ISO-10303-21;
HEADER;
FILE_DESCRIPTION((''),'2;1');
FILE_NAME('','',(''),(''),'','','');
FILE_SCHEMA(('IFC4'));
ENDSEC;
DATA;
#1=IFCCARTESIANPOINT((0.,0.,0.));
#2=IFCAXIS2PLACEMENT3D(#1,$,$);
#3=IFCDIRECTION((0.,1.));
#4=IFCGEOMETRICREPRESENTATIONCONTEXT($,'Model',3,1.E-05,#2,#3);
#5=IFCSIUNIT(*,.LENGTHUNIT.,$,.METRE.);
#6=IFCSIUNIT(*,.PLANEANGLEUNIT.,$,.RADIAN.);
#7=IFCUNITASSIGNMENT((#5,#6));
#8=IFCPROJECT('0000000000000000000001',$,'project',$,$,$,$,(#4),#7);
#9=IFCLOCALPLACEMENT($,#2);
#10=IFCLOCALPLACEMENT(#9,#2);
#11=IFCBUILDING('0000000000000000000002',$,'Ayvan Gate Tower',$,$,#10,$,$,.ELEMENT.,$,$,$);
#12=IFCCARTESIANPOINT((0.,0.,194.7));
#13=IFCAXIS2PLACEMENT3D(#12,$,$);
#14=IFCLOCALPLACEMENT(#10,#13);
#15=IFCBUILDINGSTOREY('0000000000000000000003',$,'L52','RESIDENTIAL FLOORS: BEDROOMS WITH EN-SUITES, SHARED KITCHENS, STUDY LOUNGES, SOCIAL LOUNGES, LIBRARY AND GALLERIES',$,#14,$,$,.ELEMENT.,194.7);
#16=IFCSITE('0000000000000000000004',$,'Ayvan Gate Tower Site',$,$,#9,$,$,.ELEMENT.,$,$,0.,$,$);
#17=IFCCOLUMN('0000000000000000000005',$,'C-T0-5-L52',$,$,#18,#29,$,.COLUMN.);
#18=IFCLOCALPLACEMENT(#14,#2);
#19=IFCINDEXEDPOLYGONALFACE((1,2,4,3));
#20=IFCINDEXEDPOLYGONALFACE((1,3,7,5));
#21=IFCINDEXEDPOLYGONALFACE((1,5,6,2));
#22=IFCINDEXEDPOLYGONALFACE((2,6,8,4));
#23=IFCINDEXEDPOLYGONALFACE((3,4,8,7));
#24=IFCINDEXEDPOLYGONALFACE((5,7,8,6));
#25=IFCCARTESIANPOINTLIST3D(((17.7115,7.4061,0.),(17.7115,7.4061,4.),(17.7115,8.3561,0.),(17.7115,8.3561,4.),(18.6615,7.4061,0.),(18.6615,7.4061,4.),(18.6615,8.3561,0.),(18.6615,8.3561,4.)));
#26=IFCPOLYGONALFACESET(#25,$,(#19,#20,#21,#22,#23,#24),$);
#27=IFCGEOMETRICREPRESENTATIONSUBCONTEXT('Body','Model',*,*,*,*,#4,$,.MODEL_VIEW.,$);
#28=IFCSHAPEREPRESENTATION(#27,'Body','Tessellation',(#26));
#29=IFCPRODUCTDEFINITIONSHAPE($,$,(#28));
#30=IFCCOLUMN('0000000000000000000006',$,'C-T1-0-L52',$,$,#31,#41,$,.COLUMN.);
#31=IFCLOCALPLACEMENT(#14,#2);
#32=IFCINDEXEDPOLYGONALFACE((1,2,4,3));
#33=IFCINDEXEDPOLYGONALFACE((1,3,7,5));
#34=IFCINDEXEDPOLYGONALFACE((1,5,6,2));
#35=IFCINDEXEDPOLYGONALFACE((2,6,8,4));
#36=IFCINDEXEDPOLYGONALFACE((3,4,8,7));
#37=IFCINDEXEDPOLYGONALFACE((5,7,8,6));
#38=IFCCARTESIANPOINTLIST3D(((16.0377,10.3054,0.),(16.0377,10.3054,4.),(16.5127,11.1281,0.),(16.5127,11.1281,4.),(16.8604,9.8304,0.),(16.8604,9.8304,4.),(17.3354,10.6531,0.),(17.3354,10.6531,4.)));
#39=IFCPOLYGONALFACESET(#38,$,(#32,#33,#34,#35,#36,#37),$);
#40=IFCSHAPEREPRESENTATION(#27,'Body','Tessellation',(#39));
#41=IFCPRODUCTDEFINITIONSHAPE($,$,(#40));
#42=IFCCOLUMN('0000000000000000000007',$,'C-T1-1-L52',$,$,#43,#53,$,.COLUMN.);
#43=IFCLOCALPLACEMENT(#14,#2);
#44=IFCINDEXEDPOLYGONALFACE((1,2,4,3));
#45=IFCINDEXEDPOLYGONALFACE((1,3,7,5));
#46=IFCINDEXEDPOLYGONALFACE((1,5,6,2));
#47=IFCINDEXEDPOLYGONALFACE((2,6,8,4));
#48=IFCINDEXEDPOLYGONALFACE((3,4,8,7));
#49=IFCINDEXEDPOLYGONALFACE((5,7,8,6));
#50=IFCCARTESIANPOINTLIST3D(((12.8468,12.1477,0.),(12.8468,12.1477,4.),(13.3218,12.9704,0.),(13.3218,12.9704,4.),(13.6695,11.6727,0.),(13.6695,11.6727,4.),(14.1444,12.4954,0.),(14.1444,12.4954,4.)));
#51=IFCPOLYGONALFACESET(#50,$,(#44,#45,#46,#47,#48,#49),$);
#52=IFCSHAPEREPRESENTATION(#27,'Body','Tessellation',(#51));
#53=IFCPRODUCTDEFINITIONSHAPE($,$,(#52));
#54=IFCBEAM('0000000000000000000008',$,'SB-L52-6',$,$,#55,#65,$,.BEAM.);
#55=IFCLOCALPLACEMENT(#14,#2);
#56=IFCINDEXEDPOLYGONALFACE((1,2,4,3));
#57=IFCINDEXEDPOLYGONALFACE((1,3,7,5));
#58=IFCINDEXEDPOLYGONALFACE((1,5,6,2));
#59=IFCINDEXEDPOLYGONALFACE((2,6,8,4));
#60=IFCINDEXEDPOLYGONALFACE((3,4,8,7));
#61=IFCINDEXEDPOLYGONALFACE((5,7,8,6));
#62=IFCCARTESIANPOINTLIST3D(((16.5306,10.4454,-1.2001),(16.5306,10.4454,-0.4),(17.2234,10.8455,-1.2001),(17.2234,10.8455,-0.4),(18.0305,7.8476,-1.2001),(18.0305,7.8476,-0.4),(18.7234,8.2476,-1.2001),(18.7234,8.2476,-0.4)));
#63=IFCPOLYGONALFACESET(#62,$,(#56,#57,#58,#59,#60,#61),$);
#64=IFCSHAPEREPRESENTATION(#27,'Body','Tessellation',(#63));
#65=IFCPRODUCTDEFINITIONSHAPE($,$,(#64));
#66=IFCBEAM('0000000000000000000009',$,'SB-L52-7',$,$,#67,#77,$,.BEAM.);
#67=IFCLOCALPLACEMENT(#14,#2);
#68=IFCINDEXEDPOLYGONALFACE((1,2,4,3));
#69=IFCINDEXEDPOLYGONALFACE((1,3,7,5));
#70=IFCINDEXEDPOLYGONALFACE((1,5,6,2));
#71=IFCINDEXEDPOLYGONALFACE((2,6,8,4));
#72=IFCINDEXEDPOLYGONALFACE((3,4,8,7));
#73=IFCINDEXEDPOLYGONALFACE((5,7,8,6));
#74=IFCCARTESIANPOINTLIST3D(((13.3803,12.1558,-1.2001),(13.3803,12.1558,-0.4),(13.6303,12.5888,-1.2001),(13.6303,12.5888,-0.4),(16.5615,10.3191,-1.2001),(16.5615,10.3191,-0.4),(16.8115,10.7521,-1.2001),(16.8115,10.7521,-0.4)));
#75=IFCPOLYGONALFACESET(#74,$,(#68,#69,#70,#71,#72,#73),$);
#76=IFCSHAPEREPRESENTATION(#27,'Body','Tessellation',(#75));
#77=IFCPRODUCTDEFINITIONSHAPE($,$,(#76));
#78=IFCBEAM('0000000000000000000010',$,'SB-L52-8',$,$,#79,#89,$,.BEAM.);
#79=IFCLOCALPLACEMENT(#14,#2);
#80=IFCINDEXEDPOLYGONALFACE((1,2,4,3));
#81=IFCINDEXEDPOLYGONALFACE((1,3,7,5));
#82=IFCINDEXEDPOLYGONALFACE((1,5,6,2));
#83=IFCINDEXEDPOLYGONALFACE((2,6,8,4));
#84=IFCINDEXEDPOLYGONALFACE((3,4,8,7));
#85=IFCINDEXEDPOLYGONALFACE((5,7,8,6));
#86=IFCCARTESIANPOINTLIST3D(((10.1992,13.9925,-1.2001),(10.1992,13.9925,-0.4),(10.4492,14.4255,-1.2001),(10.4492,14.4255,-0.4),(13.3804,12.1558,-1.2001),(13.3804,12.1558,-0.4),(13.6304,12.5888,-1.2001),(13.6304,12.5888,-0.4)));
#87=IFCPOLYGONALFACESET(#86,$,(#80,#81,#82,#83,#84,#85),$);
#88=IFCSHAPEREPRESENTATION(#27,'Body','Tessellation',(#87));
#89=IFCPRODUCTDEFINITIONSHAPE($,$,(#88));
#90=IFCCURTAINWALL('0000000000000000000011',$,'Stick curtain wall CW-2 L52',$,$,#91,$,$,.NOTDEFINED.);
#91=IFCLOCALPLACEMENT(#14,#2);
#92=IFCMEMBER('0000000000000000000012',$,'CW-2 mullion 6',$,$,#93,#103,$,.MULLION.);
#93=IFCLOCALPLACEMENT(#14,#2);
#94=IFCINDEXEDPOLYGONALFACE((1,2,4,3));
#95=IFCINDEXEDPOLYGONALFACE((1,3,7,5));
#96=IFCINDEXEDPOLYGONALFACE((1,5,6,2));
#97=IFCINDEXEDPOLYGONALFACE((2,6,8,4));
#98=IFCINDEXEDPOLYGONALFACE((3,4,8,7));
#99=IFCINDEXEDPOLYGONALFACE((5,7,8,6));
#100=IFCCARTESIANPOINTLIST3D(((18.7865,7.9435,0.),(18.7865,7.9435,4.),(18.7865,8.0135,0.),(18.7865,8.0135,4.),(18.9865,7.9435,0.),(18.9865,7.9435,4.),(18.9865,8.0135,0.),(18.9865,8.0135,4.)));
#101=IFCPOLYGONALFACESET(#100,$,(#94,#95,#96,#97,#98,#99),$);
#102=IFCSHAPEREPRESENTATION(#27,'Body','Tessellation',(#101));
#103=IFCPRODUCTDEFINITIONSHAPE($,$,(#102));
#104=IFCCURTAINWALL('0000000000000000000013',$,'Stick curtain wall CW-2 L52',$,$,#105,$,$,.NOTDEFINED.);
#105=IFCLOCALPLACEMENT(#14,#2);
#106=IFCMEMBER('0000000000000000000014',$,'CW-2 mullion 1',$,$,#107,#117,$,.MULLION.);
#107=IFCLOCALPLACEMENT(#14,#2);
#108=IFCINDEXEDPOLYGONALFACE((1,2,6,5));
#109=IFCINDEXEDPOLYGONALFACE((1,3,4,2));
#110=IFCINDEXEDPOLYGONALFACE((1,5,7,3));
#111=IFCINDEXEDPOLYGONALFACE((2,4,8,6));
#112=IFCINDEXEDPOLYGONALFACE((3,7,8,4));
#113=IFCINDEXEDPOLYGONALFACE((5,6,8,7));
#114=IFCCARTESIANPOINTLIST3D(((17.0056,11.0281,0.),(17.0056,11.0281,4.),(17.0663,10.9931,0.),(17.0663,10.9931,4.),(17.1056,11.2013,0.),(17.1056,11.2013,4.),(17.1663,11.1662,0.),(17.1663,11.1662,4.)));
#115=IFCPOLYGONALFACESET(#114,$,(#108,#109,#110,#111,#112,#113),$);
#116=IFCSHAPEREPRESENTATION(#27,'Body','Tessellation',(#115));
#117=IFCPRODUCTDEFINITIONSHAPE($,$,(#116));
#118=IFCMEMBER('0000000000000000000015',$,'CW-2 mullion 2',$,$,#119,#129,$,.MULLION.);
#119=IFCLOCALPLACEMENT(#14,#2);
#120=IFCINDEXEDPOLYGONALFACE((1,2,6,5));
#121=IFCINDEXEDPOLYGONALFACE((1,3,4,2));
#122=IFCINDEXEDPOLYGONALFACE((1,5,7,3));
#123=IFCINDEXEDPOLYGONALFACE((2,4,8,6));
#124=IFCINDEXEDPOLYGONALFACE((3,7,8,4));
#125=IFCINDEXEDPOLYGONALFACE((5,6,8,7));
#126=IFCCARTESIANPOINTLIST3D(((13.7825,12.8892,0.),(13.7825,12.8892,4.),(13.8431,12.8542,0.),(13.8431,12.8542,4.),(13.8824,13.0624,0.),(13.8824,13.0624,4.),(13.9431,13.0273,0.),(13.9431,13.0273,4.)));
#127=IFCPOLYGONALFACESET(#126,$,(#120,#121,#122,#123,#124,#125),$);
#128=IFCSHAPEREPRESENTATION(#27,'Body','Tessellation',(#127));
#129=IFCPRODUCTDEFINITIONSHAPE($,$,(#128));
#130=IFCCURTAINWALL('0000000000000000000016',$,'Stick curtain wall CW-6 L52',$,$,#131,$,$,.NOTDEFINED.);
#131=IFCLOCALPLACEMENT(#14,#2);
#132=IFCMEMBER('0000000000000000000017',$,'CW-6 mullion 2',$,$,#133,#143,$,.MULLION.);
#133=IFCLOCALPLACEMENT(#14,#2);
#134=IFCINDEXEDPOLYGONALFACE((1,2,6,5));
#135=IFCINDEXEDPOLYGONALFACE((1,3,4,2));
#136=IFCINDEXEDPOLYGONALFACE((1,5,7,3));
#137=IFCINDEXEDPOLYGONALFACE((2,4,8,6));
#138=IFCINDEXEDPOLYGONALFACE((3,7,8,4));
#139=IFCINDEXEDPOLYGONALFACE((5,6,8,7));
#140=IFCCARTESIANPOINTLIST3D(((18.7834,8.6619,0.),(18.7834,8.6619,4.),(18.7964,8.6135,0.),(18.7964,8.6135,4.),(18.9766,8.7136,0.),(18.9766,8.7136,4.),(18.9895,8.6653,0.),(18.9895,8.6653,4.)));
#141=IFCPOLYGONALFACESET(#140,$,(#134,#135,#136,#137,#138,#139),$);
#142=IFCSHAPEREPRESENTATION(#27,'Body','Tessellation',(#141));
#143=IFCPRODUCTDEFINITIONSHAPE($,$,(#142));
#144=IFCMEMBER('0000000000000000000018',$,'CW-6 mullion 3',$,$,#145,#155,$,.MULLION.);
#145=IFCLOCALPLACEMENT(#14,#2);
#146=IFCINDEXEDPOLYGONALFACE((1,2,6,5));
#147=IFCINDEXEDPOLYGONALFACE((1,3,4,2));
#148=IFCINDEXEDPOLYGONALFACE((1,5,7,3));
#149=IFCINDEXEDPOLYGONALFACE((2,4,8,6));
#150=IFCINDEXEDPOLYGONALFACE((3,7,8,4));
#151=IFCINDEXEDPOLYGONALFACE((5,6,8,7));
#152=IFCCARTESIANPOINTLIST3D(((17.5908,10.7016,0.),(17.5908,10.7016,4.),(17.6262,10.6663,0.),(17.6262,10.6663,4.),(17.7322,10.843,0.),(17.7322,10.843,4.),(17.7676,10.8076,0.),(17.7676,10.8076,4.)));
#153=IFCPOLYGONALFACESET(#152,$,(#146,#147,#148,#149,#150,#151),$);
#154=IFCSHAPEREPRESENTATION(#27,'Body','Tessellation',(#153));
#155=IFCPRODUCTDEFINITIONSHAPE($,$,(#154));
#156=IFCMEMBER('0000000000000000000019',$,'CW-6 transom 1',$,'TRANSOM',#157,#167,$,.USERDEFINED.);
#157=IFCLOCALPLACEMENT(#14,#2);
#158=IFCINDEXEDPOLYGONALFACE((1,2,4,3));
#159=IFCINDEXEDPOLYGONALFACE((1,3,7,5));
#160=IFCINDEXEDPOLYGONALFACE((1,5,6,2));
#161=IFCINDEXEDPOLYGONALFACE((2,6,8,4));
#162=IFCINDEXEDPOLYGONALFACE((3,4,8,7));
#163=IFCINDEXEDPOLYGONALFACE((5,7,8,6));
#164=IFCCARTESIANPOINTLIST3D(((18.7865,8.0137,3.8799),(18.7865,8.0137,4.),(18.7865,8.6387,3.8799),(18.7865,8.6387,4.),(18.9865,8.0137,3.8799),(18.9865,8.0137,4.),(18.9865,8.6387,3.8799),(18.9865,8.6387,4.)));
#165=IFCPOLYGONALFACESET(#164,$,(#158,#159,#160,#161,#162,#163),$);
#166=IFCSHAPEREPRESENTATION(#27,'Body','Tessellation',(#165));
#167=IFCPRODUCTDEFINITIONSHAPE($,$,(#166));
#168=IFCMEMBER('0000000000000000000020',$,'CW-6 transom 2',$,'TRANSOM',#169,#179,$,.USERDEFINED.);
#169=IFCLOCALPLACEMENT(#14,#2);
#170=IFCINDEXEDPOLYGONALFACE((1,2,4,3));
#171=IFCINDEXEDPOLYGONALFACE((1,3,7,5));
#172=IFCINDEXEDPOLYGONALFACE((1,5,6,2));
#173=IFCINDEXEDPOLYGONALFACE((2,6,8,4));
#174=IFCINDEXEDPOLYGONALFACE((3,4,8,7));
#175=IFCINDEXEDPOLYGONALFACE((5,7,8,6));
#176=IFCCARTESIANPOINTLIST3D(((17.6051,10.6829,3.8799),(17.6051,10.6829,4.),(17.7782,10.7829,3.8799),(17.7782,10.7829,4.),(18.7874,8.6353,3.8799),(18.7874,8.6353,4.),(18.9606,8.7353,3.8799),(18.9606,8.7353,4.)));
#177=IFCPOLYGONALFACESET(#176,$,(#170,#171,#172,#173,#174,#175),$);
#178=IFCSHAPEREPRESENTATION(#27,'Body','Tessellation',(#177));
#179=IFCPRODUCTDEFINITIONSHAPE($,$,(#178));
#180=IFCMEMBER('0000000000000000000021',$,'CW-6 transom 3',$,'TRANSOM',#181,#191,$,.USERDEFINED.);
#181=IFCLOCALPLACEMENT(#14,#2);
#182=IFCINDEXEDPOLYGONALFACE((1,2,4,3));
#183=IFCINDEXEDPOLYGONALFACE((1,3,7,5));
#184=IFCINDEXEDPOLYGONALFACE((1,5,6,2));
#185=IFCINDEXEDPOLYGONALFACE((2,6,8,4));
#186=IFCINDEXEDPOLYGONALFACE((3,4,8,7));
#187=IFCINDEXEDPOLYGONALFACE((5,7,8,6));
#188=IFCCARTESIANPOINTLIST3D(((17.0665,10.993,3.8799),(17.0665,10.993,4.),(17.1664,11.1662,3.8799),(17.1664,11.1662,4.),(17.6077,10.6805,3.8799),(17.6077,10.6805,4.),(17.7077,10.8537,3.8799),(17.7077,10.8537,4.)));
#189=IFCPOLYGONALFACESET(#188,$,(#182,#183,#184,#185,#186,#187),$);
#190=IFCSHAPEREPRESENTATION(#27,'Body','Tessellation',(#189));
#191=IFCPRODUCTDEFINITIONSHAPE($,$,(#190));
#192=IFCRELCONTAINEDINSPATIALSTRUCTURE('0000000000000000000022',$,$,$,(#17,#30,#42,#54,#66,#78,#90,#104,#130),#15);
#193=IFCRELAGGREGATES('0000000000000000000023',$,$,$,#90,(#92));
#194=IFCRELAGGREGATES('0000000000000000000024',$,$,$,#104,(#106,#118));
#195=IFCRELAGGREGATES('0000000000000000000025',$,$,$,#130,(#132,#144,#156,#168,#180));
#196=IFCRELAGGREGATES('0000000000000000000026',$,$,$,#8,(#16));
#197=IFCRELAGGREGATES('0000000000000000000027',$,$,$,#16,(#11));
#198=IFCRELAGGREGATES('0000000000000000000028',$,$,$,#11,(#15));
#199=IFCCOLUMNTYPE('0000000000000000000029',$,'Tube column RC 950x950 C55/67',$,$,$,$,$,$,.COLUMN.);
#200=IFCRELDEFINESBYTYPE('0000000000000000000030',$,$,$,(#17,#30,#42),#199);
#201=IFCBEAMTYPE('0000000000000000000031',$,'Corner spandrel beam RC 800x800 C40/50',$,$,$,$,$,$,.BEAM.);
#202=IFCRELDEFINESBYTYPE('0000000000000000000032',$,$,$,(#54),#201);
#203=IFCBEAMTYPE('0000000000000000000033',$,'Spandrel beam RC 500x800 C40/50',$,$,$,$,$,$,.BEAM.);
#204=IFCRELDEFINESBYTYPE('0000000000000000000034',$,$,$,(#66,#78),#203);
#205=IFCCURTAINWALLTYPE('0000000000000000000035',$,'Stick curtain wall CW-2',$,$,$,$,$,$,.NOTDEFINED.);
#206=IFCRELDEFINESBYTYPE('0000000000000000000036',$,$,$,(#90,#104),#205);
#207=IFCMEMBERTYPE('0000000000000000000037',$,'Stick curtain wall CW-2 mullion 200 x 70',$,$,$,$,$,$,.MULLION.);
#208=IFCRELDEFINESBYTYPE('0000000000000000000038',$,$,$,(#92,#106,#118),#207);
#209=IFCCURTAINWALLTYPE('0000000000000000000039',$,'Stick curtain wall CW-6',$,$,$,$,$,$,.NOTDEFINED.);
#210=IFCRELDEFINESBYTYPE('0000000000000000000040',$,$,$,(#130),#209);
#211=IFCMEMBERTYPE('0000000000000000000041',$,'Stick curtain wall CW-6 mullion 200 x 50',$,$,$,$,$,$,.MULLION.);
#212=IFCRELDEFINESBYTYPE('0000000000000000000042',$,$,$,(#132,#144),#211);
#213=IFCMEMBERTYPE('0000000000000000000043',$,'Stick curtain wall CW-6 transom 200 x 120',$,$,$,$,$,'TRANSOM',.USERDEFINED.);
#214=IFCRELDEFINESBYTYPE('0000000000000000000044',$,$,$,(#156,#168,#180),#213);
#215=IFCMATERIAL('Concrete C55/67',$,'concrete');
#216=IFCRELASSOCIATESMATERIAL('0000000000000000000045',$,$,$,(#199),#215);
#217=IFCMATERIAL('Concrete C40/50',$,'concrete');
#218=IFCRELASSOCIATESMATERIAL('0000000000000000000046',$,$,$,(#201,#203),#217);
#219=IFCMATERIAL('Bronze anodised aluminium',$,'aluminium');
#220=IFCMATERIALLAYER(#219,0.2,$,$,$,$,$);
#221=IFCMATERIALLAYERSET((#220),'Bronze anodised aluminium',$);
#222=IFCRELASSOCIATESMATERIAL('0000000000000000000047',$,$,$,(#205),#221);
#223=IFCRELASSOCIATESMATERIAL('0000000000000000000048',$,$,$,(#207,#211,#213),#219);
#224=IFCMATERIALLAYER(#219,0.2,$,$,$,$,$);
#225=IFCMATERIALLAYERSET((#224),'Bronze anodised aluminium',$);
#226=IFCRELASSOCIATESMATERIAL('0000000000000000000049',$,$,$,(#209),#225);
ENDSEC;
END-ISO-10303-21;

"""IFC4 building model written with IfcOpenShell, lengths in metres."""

from ifc_helpers import new_model, si_unit, direction, frame, origin, origin_2d, place, context, subcontext, project, spatial, rectangle, extrude, material, layer, layer_set, material_profile, profile_set, type_object, element, aggregate, save


model = new_model("IFC4")

# Units and contexts
model_context = context("Model", 3, precision=1e-05, world=origin(), true_north=direction((0.0, 1.0)))
body_context = subcontext(model_context, "Body", "Model", "MODEL_VIEW")
ifc_project = project(units=[si_unit("LENGTHUNIT", "METRE"), si_unit("PLANEANGLEUNIT", "RADIAN")], contexts=[model_context])

# Site, building, storey
site_placement = place(None, origin())
site = spatial("IfcSite", under=ifc_project, at=site_placement, Name="Ayvan Gate Tower Site", CompositionType="ELEMENT", RefElevation=0.0)
building_placement = place(site_placement, origin())
building = spatial("IfcBuilding", under=site, at=building_placement, Name="Ayvan Gate Tower", CompositionType="ELEMENT")
storey_placement = place(building_placement, frame((0.0, 0.0, 194.7)))
storey = spatial("IfcBuildingStorey", under=building, at=storey_placement, Name="L52", Description="RESIDENTIAL FLOORS: BEDROOMS WITH EN-SUITES, SHARED KITCHENS, STUDY LOUNGES, SOCIAL LOUNGES, LIBRARY AND GALLERIES", CompositionType="ELEMENT", Elevation=194.7)

# Columns
ifc_material_1 = material(Name="Concrete C55/67", Category="concrete")
ifc_material_profile_1 = material_profile(ifc_material_1, rectangle(XDim=0.95, YDim=0.95, at=origin_2d()), Name="RC 950x950")
ifc_profile_set_1 = profile_set([ifc_material_profile_1], Name="Concrete C55/67")
column_type = type_object("IfcColumnType", Name="Tube column RC 950x950 C55/67", PredefinedType="COLUMN", material=ifc_profile_set_1)
for number, where, z_axis, x_axis, name in (
    (1, (18.1865, 7.8811, 0.0), (0.0, 0.0, 1.0), (1.0, 0.0, 0.0), "C-T0-5-L52"),
    (2, (16.6865, 10.4792, 0.0), (0.0, 0.0, 1.0), (0.5, 0.866025, 0.0), "C-T1-0-L52"),
    (3, (13.4956, 12.3215, 0.0), (0.0, 0.0, 1.0), (0.5, 0.866025, 0.0), "C-T1-1-L52"),
):
    element("IfcColumn", number, at=place(storey_placement, frame(where, z_axis=z_axis, x_axis=x_axis)), inside=storey, type_object=column_type, Name=name, PredefinedType="COLUMN", context=body_context, shape_type="SweptSolid", body=[
        extrude(rectangle(XDim=0.95, YDim=0.95, at=origin_2d()), origin(), (0.0, 0.0, 1.0), 4.0),
    ])

# Beams
ifc_material_2 = material(Name="Concrete C40/50", Category="concrete")
ifc_material_profile_2 = material_profile(ifc_material_2, rectangle(XDim=0.8, YDim=0.8, at=origin_2d()), Name="RC 800x800")
ifc_profile_set_2 = profile_set([ifc_material_profile_2], Name="Concrete C40/50")
beam_type_1 = type_object("IfcBeamType", Name="Corner spandrel beam RC 800x800 C40/50", PredefinedType="BEAM", material=ifc_profile_set_2)
beam_placement = place(storey_placement, frame((18.377, 8.0476, -0.8), z_axis=(-0.500025, 0.866011, 0.0), x_axis=(-0.866011, -0.500025, 0.0)))
element("IfcBeam", 4, at=beam_placement, inside=storey, type_object=beam_type_1, Name="SB-L52-6", PredefinedType="BEAM", context=body_context, shape_type="SweptSolid", body=[
    extrude(rectangle(XDim=0.8, YDim=0.8, at=origin_2d()), origin(), (0.0, 0.0, 1.0), 2.9998),
])
ifc_material_profile_3 = material_profile(ifc_material_2, rectangle(XDim=0.5, YDim=0.8, at=origin_2d()), Name="RC 500x800")
ifc_profile_set_3 = profile_set([ifc_material_profile_3], Name="Concrete C40/50")
beam_type_2 = type_object("IfcBeamType", Name="Spandrel beam RC 500x800 C40/50", PredefinedType="BEAM", material=ifc_profile_set_3)
for number, where, z_axis, x_axis, name in (
    (5, (16.6865, 10.5356, -0.8), (-0.866022, 0.500006, 0.0), (-0.500006, -0.866022, 0.0), "SB-L52-7"),
    (6, (13.5054, 12.3723, -0.8), (-0.866022, 0.500006, 0.0), (-0.500006, -0.866022, 0.0), "SB-L52-8"),
):
    element("IfcBeam", number, at=place(storey_placement, frame(where, z_axis=z_axis, x_axis=x_axis)), inside=storey, type_object=beam_type_2, Name=name, PredefinedType="BEAM", context=body_context, shape_type="SweptSolid", body=[
        extrude(rectangle(XDim=0.5, YDim=0.8, at=origin_2d()), origin(), (0.0, 0.0, 1.0), 3.6733),
    ])

# Curtain wall, member
ifc_material_3 = material(Name="Bronze anodised aluminium", Category="aluminium")
ifc_layer_1 = layer(ifc_material_3, 0.2)
ifc_layer_set_1 = layer_set([ifc_layer_1], Name="Bronze anodised aluminium")
curtain_wall_type_1 = type_object("IfcCurtainWallType", Name="Stick curtain wall CW-2", PredefinedType="NOTDEFINED", material=ifc_layer_set_1)
curtain_wall_1_placement = place(storey_placement, origin())
curtain_wall_1 = element("IfcCurtainWall", 7, at=curtain_wall_1_placement, inside=storey, type_object=curtain_wall_type_1, Name="Stick curtain wall CW-2 L52", PredefinedType="NOTDEFINED")
ifc_material_profile_4 = material_profile(ifc_material_3, rectangle(XDim=0.2, YDim=0.0701, at=origin_2d()), Name="Stick curtain wall CW-2 mullion 200 x 70")
ifc_profile_set_4 = profile_set([ifc_material_profile_4], Name="Bronze anodised aluminium")
member_type_1 = type_object("IfcMemberType", Name="Stick curtain wall CW-2 mullion 200 x 70", PredefinedType="MULLION", material=ifc_profile_set_4)
member_1_placement = place(storey_placement, frame((18.8865, 7.9785, 0.0), z_axis=(0.0, 0.0, 1.0), x_axis=(1.0, 0.0, 0.0)))
member_1 = element("IfcMember", 8, at=member_1_placement, type_object=member_type_1, Name="CW-2 mullion 6", PredefinedType="MULLION", context=body_context, shape_type="SweptSolid", body=[
    extrude(rectangle(XDim=0.2, YDim=0.0701, at=origin_2d()), origin(), (0.0, 0.0, 1.0), 4.0),
])

# Curtain walls, members
curtain_wall_2_placement = place(storey_placement, origin())
curtain_wall_2 = element("IfcCurtainWall", 9, at=curtain_wall_2_placement, inside=storey, type_object=curtain_wall_type_1, Name="Stick curtain wall CW-2 L52", PredefinedType="NOTDEFINED")
member_2_placement = place(storey_placement, frame((17.0859, 11.0972, 0.0), z_axis=(0.0, 0.0, 1.0), x_axis=(0.5, 0.866025, 0.0)))
member_2 = element("IfcMember", 10, at=member_2_placement, type_object=member_type_1, Name="CW-2 mullion 1", PredefinedType="MULLION", context=body_context, shape_type="SweptSolid", body=[
    extrude(rectangle(XDim=0.2, YDim=0.0701, at=origin_2d()), origin(), (0.0, 0.0, 1.0), 4.0),
])
member_3_placement = place(storey_placement, frame((13.8628, 12.9583, 0.0), z_axis=(0.0, 0.0, 1.0), x_axis=(0.5, 0.866025, 0.0)))
member_3 = element("IfcMember", 11, at=member_3_placement, type_object=member_type_1, Name="CW-2 mullion 2", PredefinedType="MULLION", context=body_context, shape_type="SweptSolid", body=[
    extrude(rectangle(XDim=0.2, YDim=0.0701, at=origin_2d()), origin(), (0.0, 0.0, 1.0), 4.0),
])
ifc_layer_2 = layer(ifc_material_3, 0.2)
ifc_layer_set_2 = layer_set([ifc_layer_2], Name="Bronze anodised aluminium")
curtain_wall_type_2 = type_object("IfcCurtainWallType", Name="Stick curtain wall CW-6", PredefinedType="NOTDEFINED", material=ifc_layer_set_2)
curtain_wall_3_placement = place(storey_placement, origin())
curtain_wall_3 = element("IfcCurtainWall", 12, at=curtain_wall_3_placement, inside=storey, type_object=curtain_wall_type_2, Name="Stick curtain wall CW-6 L52", PredefinedType="NOTDEFINED")
ifc_material_profile_5 = material_profile(ifc_material_3, rectangle(XDim=0.2, YDim=0.05, at=origin_2d()), Name="Stick curtain wall CW-6 mullion 200 x 50")
ifc_profile_set_5 = profile_set([ifc_material_profile_5], Name="Bronze anodised aluminium")
member_type_2 = type_object("IfcMemberType", Name="Stick curtain wall CW-6 mullion 200 x 50", PredefinedType="MULLION", material=ifc_profile_set_5)
member_4_placement = place(storey_placement, frame((18.8865, 8.6636, 0.0), z_axis=(0.0, 0.0, 1.0), x_axis=(0.965926, 0.258819, 0.0)))
member_4 = element("IfcMember", 13, at=member_4_placement, type_object=member_type_2, Name="CW-6 mullion 2", PredefinedType="MULLION", context=body_context, shape_type="SweptSolid", body=[
    extrude(rectangle(XDim=0.2, YDim=0.05, at=origin_2d()), origin(), (0.0, 0.0, 1.0), 4.0),
])
member_5_placement = place(storey_placement, frame((17.6792, 10.7546, 0.0), z_axis=(0.0, 0.0, 1.0), x_axis=(0.707107, 0.707107, 0.0)))
member_5 = element("IfcMember", 14, at=member_5_placement, type_object=member_type_2, Name="CW-6 mullion 3", PredefinedType="MULLION", context=body_context, shape_type="SweptSolid", body=[
    extrude(rectangle(XDim=0.2, YDim=0.05, at=origin_2d()), origin(), (0.0, 0.0, 1.0), 4.0),
])
ifc_material_profile_6 = material_profile(ifc_material_3, rectangle(XDim=0.2, YDim=0.1201, at=origin_2d()), Name="Stick curtain wall CW-6 transom 200 x 120")
ifc_profile_set_6 = profile_set([ifc_material_profile_6], Name="Bronze anodised aluminium")
member_type_3 = type_object("IfcMemberType", Name="Stick curtain wall CW-6 transom 200 x 120", ElementType="TRANSOM", PredefinedType="USERDEFINED", material=ifc_profile_set_6)
member_6_placement = place(storey_placement, frame((18.8865, 8.0137, 3.9399), z_axis=(0.0, 1.0, 0.0), x_axis=(-1.0, 0.0, 0.0)))
member_6 = element("IfcMember", 15, at=member_6_placement, type_object=member_type_3, Name="CW-6 transom 1", ObjectType="TRANSOM", PredefinedType="USERDEFINED", context=body_context, shape_type="SweptSolid", body=[
    extrude(rectangle(XDim=0.2, YDim=0.1201, at=origin_2d()), origin(), (0.0, 0.0, 1.0), 0.625),
])
member_7_placement = place(storey_placement, frame((18.874, 8.6853, 3.9399), z_axis=(-0.500059, 0.865991, 0.0), x_axis=(-0.865991, -0.500059, 0.0)))
member_7 = element("IfcMember", 16, at=member_7_placement, type_object=member_type_3, Name="CW-6 transom 2", ObjectType="TRANSOM", PredefinedType="USERDEFINED", context=body_context, shape_type="SweptSolid", body=[
    extrude(rectangle(XDim=0.2, YDim=0.1201, at=origin_2d()), origin(), (0.0, 0.0, 1.0), 2.3645),
])
member_8_placement = place(storey_placement, frame((17.6577, 10.7671, 3.9399), z_axis=(-0.866023, 0.500004, 0.0), x_axis=(-0.500004, -0.866023, 0.0)))
member_8 = element("IfcMember", 17, at=member_8_placement, type_object=member_type_3, Name="CW-6 transom 3", ObjectType="TRANSOM", PredefinedType="USERDEFINED", context=body_context, shape_type="SweptSolid", body=[
    extrude(rectangle(XDim=0.2, YDim=0.1201, at=origin_2d()), origin(), (0.0, 0.0, 1.0), 0.625),
])

aggregate(curtain_wall_1, [member_1])
aggregate(curtain_wall_2, [member_2, member_3])
aggregate(curtain_wall_3, [member_4, member_5, member_6, member_7, member_8])

save(model, "model.ifc")
